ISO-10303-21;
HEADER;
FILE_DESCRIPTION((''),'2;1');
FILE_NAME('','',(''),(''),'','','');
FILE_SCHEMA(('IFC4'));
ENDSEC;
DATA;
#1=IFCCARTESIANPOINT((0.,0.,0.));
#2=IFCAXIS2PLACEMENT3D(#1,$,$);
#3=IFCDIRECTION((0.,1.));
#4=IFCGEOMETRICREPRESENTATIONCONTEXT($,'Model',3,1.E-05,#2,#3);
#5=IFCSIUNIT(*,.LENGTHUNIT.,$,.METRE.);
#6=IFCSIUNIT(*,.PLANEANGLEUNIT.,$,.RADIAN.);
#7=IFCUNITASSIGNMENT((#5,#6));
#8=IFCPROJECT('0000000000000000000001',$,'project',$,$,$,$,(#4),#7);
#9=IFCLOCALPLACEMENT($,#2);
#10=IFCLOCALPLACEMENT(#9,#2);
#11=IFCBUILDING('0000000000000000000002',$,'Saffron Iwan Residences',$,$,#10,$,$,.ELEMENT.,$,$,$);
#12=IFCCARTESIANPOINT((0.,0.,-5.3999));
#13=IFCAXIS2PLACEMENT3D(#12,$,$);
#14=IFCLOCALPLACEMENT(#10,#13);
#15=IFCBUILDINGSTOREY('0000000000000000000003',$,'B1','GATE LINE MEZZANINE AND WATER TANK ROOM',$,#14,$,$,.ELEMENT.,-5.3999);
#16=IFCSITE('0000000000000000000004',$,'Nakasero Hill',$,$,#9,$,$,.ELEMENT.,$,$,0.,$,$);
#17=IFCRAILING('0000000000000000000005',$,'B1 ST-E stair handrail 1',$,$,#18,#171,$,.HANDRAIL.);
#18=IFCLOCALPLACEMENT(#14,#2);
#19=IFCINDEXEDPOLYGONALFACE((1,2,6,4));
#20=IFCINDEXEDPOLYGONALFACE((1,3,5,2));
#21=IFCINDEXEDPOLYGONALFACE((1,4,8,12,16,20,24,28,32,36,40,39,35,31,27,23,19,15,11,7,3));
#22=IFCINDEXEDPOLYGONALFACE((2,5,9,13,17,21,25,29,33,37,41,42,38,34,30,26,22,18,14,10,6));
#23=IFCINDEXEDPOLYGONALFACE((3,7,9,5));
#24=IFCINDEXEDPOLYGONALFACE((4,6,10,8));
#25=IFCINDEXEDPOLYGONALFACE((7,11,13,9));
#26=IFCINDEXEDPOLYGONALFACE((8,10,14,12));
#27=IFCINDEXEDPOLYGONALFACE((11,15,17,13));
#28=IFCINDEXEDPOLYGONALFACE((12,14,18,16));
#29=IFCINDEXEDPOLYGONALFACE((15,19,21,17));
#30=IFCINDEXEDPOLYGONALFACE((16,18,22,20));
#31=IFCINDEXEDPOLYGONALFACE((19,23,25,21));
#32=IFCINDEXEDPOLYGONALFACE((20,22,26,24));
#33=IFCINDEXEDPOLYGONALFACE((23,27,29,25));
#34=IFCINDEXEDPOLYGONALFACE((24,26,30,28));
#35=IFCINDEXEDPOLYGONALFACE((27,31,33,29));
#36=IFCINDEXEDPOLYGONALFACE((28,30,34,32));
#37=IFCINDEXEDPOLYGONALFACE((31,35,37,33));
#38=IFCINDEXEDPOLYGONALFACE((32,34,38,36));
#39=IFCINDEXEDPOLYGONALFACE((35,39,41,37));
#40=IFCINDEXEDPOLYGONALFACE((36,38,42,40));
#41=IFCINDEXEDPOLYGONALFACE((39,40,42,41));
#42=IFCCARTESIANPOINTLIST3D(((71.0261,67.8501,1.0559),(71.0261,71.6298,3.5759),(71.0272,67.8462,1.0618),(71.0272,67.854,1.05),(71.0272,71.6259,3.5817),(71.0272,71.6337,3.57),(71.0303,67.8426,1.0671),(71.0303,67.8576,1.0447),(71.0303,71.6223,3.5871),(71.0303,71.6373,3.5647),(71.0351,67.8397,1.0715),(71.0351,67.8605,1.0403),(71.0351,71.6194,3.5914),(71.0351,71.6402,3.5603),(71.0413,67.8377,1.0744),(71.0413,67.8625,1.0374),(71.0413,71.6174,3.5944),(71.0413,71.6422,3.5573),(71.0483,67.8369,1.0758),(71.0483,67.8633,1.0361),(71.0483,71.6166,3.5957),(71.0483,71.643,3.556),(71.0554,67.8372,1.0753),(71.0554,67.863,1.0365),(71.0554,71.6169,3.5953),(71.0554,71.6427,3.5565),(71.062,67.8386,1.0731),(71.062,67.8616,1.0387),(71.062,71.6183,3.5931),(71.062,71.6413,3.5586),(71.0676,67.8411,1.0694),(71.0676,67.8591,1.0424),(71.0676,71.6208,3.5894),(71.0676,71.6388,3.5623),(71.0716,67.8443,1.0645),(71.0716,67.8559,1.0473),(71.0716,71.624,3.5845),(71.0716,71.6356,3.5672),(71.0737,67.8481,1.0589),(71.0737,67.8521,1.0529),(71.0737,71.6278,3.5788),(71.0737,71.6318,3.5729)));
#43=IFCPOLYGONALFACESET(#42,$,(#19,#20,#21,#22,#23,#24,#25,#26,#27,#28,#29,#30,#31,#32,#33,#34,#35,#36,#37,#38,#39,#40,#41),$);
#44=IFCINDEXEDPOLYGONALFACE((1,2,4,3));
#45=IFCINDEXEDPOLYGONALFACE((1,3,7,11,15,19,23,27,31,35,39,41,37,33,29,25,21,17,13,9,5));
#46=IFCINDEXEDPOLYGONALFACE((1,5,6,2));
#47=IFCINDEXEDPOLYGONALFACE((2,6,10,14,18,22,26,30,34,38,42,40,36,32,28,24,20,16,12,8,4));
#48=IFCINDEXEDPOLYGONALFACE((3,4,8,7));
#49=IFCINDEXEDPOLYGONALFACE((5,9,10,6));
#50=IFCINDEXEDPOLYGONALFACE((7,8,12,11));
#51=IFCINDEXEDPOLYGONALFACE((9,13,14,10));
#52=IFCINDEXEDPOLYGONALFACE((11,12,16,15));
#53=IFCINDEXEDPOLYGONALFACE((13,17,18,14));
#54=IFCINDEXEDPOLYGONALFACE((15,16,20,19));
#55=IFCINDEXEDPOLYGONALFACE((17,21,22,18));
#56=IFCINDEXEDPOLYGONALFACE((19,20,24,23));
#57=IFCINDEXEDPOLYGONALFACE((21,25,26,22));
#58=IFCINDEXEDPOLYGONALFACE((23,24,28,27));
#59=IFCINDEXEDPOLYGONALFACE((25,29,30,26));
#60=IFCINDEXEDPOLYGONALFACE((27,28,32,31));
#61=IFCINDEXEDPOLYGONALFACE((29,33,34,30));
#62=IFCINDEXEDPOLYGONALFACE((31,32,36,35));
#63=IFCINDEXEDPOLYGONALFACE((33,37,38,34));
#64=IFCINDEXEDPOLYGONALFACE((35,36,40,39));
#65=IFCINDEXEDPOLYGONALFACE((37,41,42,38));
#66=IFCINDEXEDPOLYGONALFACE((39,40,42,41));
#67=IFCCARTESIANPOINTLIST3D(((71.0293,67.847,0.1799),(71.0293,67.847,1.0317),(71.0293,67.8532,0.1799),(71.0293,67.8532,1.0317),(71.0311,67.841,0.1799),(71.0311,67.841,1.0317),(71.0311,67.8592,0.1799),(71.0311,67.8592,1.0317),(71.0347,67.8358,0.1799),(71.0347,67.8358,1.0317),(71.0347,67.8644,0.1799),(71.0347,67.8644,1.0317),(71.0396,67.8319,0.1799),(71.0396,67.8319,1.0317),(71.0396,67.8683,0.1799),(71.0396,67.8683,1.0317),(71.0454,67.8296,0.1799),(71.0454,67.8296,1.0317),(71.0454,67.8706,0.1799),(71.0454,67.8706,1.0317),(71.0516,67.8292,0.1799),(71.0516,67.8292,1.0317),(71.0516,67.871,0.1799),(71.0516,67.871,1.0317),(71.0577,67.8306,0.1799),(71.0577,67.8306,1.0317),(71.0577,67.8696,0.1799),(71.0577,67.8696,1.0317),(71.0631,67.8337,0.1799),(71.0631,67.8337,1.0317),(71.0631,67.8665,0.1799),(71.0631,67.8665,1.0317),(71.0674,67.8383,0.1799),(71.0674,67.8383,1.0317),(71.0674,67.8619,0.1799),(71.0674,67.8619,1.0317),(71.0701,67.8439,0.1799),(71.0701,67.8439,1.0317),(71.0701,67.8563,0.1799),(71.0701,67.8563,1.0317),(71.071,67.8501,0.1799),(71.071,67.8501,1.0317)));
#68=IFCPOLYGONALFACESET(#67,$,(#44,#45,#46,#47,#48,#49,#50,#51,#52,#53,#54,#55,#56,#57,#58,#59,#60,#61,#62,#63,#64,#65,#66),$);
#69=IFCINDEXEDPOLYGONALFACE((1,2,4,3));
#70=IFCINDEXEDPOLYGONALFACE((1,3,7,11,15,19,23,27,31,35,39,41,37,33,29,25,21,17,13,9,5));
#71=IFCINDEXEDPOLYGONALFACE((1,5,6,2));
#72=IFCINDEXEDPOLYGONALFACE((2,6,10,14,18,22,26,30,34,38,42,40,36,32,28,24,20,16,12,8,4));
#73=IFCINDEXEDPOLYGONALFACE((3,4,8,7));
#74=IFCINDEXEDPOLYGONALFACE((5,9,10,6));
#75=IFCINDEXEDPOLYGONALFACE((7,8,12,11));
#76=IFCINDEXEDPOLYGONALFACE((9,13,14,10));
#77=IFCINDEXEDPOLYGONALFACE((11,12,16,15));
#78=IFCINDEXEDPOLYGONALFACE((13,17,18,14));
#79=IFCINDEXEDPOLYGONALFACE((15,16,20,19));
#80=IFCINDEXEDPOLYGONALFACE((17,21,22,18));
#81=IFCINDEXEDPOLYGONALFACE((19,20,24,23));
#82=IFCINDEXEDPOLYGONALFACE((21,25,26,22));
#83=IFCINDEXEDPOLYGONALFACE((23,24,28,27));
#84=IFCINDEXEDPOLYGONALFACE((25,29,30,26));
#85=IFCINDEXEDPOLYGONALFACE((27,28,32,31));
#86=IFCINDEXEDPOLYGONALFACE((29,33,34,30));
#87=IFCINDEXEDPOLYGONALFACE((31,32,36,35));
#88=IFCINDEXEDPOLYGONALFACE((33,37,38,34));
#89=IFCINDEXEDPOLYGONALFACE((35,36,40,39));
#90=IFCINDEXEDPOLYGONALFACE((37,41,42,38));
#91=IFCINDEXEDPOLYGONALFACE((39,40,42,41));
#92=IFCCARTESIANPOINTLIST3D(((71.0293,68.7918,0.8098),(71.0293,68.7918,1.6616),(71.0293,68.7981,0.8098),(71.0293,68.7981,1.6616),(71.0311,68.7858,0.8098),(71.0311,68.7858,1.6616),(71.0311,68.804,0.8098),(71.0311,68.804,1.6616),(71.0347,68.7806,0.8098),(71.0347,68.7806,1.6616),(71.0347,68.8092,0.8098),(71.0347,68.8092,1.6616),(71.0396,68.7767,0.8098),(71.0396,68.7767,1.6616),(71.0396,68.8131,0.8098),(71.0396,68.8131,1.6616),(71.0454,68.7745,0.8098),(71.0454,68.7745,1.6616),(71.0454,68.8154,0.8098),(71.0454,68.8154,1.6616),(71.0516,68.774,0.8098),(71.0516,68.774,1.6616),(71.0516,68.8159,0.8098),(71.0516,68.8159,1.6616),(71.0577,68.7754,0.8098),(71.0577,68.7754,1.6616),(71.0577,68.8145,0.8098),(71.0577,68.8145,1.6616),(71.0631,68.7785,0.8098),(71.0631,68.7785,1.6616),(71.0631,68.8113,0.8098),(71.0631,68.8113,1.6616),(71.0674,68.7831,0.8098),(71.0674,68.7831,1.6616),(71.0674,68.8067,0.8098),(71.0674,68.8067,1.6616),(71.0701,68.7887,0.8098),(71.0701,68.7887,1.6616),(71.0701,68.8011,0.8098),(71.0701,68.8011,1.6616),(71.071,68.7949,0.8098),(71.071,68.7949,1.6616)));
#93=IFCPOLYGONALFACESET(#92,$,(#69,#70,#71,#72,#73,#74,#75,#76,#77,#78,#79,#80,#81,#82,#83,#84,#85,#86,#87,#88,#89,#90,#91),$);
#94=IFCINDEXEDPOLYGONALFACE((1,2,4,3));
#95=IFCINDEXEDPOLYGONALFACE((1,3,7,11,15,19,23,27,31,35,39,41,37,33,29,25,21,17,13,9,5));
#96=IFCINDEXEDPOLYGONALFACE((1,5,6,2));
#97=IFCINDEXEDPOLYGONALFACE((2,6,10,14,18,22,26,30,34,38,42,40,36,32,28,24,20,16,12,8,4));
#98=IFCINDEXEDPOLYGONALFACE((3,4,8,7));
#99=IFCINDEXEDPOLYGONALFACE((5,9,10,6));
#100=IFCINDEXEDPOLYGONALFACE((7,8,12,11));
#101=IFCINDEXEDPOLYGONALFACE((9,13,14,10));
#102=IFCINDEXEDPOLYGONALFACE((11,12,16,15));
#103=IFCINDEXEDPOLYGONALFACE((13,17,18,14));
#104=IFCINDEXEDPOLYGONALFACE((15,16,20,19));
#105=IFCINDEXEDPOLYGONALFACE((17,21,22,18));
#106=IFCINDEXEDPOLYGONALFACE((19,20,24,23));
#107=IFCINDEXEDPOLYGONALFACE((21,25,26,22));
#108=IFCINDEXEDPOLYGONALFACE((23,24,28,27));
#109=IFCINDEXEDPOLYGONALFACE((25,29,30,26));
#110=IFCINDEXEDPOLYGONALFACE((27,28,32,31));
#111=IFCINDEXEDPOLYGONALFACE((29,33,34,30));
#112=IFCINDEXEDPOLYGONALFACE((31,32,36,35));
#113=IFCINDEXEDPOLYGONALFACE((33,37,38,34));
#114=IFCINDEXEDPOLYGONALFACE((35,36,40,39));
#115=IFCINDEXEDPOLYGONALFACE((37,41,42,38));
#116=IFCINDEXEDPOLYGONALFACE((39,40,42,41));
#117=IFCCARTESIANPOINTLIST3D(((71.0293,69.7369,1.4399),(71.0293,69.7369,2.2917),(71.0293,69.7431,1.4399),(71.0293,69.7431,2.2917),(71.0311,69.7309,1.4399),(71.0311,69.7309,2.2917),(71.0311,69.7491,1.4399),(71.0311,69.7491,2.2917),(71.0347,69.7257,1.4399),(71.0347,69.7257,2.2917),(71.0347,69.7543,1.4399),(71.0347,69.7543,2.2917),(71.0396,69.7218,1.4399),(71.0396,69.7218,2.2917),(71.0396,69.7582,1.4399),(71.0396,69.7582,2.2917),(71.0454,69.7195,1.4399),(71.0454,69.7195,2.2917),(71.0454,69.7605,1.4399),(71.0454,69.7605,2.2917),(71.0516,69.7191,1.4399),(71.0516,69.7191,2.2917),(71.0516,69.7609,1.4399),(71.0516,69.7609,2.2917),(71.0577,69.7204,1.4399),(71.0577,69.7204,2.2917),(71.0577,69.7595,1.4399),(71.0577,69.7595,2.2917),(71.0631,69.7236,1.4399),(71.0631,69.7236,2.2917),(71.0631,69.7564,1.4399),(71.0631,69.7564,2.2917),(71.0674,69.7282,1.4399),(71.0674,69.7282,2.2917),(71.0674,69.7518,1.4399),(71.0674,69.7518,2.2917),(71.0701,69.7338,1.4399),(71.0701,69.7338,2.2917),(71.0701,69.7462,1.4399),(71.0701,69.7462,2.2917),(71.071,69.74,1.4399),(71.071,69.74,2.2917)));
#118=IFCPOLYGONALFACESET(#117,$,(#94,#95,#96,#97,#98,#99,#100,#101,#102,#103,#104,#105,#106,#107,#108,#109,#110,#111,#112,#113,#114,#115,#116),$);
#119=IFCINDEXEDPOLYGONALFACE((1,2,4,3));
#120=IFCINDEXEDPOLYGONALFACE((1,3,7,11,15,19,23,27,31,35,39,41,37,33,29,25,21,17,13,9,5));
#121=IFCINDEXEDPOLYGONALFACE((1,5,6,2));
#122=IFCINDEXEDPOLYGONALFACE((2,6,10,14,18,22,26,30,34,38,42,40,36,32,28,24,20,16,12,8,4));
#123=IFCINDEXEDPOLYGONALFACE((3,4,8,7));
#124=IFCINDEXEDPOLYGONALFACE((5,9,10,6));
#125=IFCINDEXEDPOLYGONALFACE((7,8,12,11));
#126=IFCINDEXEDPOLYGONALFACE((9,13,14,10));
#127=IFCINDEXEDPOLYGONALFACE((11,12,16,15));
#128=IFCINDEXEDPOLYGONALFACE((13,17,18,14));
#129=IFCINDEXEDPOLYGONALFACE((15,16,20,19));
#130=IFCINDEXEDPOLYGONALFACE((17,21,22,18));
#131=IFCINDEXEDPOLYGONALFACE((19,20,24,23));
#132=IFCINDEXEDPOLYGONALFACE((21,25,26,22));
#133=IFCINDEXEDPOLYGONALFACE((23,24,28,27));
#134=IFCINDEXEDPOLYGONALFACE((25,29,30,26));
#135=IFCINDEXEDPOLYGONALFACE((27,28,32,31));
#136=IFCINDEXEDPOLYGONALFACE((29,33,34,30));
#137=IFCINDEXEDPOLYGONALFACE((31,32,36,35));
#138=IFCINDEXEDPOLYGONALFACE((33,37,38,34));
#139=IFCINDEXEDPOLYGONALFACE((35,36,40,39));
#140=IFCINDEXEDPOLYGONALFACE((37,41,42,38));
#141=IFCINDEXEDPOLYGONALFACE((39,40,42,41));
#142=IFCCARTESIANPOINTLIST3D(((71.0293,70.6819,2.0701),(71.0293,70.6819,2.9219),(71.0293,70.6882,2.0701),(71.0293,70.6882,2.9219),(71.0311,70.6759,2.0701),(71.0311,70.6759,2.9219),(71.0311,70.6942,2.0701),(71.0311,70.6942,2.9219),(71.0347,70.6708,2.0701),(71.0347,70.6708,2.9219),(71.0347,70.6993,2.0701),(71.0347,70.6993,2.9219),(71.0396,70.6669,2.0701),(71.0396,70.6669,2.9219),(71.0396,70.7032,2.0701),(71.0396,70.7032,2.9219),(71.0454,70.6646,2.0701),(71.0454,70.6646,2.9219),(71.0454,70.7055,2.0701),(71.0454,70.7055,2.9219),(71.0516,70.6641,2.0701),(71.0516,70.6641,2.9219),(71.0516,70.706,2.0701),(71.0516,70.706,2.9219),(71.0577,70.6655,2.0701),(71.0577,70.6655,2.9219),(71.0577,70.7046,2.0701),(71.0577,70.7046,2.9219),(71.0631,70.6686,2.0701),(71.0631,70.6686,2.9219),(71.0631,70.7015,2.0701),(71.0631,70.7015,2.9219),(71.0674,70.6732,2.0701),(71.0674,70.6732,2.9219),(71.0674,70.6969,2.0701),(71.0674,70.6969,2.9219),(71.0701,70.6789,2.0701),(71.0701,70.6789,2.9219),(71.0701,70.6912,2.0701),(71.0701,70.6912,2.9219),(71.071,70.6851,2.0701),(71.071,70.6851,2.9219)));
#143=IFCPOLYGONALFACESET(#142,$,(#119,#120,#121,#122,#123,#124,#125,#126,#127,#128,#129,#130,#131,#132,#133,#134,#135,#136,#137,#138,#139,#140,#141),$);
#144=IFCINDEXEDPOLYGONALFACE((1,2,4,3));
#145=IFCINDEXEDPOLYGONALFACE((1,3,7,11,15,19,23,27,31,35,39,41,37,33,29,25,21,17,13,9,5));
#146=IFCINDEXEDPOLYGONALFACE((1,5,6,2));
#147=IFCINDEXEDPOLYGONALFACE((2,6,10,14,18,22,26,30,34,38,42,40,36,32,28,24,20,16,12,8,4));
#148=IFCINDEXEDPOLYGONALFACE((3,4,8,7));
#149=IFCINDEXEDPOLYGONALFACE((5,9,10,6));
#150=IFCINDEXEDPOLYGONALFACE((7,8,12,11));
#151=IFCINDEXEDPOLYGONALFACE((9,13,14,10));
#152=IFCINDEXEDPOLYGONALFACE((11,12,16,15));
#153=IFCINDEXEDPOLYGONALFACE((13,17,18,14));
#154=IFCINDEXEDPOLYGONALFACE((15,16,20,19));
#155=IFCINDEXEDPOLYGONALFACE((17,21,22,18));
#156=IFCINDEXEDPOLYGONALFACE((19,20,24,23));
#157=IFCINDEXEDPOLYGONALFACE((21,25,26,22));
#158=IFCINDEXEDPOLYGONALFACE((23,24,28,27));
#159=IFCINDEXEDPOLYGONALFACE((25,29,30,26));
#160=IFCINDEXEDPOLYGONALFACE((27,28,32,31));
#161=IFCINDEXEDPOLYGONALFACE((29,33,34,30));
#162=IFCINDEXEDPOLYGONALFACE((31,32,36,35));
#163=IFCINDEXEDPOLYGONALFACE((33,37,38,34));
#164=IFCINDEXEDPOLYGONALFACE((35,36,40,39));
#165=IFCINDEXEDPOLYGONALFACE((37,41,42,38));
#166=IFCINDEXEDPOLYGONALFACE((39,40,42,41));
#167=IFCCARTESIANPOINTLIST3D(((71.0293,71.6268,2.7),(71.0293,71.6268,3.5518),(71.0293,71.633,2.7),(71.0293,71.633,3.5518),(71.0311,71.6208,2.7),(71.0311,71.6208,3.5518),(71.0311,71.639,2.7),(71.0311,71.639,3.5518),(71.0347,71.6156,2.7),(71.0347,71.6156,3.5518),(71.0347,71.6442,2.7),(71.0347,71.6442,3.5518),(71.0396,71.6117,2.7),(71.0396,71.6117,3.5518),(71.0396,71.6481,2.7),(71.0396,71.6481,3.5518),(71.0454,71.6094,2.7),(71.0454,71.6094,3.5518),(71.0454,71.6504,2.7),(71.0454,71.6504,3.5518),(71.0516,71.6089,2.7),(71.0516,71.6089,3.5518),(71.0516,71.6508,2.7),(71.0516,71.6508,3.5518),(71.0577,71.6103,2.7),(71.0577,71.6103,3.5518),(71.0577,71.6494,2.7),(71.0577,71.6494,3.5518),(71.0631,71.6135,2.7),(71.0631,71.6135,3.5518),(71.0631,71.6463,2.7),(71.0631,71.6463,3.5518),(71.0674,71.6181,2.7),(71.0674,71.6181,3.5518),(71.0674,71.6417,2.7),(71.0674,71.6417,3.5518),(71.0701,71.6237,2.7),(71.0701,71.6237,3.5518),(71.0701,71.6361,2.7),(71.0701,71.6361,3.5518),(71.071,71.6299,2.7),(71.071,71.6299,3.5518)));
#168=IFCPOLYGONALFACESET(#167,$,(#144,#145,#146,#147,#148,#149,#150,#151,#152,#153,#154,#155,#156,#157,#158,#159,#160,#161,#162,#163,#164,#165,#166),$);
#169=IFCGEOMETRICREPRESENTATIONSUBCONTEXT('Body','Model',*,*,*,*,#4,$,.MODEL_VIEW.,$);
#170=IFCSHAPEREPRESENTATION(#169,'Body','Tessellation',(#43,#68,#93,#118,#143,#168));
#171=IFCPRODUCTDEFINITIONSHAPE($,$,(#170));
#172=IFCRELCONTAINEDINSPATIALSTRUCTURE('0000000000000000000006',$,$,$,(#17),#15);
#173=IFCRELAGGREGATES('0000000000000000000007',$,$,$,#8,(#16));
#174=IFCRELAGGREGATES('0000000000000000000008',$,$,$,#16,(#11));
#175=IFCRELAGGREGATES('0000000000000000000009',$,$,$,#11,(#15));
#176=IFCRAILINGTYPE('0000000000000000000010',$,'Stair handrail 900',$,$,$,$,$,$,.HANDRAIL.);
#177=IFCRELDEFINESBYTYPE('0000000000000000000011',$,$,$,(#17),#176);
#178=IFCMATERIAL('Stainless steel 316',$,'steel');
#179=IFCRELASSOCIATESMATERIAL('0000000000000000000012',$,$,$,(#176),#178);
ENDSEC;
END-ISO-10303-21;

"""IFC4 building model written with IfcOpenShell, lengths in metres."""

from ifc_helpers import new_model, si_unit, direction, frame, origin, origin_2d, place, context, subcontext, project, spatial, circle, extrude, material, type_object, element, save


model = new_model("IFC4")

# Units and contexts
model_context = context("Model", 3, precision=1e-05, world=origin(), true_north=direction((0.0, 1.0)))
body_context = subcontext(model_context, "Body", "Model", "MODEL_VIEW")
ifc_project = project(units=[si_unit("LENGTHUNIT", "METRE"), si_unit("PLANEANGLEUNIT", "RADIAN")], contexts=[model_context])

# Site, building, storey
site_placement = place(None, origin())
site = spatial("IfcSite", under=ifc_project, at=site_placement, Name="Nakasero Hill", CompositionType="ELEMENT", RefElevation=0.0)
building_placement = place(site_placement, origin())
building = spatial("IfcBuilding", under=site, at=building_placement, Name="Saffron Iwan Residences", CompositionType="ELEMENT")
storey_placement = place(building_placement, frame((0.0, 0.0, -5.3999)))
storey = spatial("IfcBuildingStorey", under=building, at=storey_placement, Name="B1", Description="GATE LINE MEZZANINE AND WATER TANK ROOM", CompositionType="ELEMENT", Elevation=-5.3999)

# Railing
ifc_material_1 = material(Name="Stainless steel 316", Category="steel")
railing_type_1 = type_object("IfcRailingType", Name="Stair handrail 900", PredefinedType="HANDRAIL", material=ifc_material_1)
railing_1_placement = place(storey_placement, frame((71.05, 67.8501, 0.1799)))
element("IfcRailing", 1, at=railing_1_placement, inside=storey, type_object=railing_type_1, Name="B1 ST-E stair handrail 1", PredefinedType="HANDRAIL", context=body_context, shape_type="SweptSolid", body=[
    extrude(circle(Radius=0.0239, at=origin_2d()), frame((0.0, 0.0, 0.876), z_axis=(0.0, 0.832034, 0.554725), x_axis=(-1.0, 0.0, 0.0)), (0.0, 0.0, 1.0), 4.5427),
    extrude(circle(Radius=0.021, at=origin_2d()), origin(), (0.0, 0.0, 1.0), 0.8518),
    extrude(circle(Radius=0.021, at=origin_2d()), frame((0.0, 0.9448, 0.6299)), (0.0, 0.0, 1.0), 0.8518),
    extrude(circle(Radius=0.021, at=origin_2d()), frame((0.0, 1.8899, 1.26)), (0.0, 0.0, 1.0), 0.8518),
    extrude(circle(Radius=0.021, at=origin_2d()), frame((0.0, 2.835, 1.8901)), (0.0, 0.0, 1.0), 0.8518),
    extrude(circle(Radius=0.021, at=origin_2d()), frame((0.0, 3.7798, 2.52)), (0.0, 0.0, 1.0), 0.8518),
])

save(model, "model.ifc")
